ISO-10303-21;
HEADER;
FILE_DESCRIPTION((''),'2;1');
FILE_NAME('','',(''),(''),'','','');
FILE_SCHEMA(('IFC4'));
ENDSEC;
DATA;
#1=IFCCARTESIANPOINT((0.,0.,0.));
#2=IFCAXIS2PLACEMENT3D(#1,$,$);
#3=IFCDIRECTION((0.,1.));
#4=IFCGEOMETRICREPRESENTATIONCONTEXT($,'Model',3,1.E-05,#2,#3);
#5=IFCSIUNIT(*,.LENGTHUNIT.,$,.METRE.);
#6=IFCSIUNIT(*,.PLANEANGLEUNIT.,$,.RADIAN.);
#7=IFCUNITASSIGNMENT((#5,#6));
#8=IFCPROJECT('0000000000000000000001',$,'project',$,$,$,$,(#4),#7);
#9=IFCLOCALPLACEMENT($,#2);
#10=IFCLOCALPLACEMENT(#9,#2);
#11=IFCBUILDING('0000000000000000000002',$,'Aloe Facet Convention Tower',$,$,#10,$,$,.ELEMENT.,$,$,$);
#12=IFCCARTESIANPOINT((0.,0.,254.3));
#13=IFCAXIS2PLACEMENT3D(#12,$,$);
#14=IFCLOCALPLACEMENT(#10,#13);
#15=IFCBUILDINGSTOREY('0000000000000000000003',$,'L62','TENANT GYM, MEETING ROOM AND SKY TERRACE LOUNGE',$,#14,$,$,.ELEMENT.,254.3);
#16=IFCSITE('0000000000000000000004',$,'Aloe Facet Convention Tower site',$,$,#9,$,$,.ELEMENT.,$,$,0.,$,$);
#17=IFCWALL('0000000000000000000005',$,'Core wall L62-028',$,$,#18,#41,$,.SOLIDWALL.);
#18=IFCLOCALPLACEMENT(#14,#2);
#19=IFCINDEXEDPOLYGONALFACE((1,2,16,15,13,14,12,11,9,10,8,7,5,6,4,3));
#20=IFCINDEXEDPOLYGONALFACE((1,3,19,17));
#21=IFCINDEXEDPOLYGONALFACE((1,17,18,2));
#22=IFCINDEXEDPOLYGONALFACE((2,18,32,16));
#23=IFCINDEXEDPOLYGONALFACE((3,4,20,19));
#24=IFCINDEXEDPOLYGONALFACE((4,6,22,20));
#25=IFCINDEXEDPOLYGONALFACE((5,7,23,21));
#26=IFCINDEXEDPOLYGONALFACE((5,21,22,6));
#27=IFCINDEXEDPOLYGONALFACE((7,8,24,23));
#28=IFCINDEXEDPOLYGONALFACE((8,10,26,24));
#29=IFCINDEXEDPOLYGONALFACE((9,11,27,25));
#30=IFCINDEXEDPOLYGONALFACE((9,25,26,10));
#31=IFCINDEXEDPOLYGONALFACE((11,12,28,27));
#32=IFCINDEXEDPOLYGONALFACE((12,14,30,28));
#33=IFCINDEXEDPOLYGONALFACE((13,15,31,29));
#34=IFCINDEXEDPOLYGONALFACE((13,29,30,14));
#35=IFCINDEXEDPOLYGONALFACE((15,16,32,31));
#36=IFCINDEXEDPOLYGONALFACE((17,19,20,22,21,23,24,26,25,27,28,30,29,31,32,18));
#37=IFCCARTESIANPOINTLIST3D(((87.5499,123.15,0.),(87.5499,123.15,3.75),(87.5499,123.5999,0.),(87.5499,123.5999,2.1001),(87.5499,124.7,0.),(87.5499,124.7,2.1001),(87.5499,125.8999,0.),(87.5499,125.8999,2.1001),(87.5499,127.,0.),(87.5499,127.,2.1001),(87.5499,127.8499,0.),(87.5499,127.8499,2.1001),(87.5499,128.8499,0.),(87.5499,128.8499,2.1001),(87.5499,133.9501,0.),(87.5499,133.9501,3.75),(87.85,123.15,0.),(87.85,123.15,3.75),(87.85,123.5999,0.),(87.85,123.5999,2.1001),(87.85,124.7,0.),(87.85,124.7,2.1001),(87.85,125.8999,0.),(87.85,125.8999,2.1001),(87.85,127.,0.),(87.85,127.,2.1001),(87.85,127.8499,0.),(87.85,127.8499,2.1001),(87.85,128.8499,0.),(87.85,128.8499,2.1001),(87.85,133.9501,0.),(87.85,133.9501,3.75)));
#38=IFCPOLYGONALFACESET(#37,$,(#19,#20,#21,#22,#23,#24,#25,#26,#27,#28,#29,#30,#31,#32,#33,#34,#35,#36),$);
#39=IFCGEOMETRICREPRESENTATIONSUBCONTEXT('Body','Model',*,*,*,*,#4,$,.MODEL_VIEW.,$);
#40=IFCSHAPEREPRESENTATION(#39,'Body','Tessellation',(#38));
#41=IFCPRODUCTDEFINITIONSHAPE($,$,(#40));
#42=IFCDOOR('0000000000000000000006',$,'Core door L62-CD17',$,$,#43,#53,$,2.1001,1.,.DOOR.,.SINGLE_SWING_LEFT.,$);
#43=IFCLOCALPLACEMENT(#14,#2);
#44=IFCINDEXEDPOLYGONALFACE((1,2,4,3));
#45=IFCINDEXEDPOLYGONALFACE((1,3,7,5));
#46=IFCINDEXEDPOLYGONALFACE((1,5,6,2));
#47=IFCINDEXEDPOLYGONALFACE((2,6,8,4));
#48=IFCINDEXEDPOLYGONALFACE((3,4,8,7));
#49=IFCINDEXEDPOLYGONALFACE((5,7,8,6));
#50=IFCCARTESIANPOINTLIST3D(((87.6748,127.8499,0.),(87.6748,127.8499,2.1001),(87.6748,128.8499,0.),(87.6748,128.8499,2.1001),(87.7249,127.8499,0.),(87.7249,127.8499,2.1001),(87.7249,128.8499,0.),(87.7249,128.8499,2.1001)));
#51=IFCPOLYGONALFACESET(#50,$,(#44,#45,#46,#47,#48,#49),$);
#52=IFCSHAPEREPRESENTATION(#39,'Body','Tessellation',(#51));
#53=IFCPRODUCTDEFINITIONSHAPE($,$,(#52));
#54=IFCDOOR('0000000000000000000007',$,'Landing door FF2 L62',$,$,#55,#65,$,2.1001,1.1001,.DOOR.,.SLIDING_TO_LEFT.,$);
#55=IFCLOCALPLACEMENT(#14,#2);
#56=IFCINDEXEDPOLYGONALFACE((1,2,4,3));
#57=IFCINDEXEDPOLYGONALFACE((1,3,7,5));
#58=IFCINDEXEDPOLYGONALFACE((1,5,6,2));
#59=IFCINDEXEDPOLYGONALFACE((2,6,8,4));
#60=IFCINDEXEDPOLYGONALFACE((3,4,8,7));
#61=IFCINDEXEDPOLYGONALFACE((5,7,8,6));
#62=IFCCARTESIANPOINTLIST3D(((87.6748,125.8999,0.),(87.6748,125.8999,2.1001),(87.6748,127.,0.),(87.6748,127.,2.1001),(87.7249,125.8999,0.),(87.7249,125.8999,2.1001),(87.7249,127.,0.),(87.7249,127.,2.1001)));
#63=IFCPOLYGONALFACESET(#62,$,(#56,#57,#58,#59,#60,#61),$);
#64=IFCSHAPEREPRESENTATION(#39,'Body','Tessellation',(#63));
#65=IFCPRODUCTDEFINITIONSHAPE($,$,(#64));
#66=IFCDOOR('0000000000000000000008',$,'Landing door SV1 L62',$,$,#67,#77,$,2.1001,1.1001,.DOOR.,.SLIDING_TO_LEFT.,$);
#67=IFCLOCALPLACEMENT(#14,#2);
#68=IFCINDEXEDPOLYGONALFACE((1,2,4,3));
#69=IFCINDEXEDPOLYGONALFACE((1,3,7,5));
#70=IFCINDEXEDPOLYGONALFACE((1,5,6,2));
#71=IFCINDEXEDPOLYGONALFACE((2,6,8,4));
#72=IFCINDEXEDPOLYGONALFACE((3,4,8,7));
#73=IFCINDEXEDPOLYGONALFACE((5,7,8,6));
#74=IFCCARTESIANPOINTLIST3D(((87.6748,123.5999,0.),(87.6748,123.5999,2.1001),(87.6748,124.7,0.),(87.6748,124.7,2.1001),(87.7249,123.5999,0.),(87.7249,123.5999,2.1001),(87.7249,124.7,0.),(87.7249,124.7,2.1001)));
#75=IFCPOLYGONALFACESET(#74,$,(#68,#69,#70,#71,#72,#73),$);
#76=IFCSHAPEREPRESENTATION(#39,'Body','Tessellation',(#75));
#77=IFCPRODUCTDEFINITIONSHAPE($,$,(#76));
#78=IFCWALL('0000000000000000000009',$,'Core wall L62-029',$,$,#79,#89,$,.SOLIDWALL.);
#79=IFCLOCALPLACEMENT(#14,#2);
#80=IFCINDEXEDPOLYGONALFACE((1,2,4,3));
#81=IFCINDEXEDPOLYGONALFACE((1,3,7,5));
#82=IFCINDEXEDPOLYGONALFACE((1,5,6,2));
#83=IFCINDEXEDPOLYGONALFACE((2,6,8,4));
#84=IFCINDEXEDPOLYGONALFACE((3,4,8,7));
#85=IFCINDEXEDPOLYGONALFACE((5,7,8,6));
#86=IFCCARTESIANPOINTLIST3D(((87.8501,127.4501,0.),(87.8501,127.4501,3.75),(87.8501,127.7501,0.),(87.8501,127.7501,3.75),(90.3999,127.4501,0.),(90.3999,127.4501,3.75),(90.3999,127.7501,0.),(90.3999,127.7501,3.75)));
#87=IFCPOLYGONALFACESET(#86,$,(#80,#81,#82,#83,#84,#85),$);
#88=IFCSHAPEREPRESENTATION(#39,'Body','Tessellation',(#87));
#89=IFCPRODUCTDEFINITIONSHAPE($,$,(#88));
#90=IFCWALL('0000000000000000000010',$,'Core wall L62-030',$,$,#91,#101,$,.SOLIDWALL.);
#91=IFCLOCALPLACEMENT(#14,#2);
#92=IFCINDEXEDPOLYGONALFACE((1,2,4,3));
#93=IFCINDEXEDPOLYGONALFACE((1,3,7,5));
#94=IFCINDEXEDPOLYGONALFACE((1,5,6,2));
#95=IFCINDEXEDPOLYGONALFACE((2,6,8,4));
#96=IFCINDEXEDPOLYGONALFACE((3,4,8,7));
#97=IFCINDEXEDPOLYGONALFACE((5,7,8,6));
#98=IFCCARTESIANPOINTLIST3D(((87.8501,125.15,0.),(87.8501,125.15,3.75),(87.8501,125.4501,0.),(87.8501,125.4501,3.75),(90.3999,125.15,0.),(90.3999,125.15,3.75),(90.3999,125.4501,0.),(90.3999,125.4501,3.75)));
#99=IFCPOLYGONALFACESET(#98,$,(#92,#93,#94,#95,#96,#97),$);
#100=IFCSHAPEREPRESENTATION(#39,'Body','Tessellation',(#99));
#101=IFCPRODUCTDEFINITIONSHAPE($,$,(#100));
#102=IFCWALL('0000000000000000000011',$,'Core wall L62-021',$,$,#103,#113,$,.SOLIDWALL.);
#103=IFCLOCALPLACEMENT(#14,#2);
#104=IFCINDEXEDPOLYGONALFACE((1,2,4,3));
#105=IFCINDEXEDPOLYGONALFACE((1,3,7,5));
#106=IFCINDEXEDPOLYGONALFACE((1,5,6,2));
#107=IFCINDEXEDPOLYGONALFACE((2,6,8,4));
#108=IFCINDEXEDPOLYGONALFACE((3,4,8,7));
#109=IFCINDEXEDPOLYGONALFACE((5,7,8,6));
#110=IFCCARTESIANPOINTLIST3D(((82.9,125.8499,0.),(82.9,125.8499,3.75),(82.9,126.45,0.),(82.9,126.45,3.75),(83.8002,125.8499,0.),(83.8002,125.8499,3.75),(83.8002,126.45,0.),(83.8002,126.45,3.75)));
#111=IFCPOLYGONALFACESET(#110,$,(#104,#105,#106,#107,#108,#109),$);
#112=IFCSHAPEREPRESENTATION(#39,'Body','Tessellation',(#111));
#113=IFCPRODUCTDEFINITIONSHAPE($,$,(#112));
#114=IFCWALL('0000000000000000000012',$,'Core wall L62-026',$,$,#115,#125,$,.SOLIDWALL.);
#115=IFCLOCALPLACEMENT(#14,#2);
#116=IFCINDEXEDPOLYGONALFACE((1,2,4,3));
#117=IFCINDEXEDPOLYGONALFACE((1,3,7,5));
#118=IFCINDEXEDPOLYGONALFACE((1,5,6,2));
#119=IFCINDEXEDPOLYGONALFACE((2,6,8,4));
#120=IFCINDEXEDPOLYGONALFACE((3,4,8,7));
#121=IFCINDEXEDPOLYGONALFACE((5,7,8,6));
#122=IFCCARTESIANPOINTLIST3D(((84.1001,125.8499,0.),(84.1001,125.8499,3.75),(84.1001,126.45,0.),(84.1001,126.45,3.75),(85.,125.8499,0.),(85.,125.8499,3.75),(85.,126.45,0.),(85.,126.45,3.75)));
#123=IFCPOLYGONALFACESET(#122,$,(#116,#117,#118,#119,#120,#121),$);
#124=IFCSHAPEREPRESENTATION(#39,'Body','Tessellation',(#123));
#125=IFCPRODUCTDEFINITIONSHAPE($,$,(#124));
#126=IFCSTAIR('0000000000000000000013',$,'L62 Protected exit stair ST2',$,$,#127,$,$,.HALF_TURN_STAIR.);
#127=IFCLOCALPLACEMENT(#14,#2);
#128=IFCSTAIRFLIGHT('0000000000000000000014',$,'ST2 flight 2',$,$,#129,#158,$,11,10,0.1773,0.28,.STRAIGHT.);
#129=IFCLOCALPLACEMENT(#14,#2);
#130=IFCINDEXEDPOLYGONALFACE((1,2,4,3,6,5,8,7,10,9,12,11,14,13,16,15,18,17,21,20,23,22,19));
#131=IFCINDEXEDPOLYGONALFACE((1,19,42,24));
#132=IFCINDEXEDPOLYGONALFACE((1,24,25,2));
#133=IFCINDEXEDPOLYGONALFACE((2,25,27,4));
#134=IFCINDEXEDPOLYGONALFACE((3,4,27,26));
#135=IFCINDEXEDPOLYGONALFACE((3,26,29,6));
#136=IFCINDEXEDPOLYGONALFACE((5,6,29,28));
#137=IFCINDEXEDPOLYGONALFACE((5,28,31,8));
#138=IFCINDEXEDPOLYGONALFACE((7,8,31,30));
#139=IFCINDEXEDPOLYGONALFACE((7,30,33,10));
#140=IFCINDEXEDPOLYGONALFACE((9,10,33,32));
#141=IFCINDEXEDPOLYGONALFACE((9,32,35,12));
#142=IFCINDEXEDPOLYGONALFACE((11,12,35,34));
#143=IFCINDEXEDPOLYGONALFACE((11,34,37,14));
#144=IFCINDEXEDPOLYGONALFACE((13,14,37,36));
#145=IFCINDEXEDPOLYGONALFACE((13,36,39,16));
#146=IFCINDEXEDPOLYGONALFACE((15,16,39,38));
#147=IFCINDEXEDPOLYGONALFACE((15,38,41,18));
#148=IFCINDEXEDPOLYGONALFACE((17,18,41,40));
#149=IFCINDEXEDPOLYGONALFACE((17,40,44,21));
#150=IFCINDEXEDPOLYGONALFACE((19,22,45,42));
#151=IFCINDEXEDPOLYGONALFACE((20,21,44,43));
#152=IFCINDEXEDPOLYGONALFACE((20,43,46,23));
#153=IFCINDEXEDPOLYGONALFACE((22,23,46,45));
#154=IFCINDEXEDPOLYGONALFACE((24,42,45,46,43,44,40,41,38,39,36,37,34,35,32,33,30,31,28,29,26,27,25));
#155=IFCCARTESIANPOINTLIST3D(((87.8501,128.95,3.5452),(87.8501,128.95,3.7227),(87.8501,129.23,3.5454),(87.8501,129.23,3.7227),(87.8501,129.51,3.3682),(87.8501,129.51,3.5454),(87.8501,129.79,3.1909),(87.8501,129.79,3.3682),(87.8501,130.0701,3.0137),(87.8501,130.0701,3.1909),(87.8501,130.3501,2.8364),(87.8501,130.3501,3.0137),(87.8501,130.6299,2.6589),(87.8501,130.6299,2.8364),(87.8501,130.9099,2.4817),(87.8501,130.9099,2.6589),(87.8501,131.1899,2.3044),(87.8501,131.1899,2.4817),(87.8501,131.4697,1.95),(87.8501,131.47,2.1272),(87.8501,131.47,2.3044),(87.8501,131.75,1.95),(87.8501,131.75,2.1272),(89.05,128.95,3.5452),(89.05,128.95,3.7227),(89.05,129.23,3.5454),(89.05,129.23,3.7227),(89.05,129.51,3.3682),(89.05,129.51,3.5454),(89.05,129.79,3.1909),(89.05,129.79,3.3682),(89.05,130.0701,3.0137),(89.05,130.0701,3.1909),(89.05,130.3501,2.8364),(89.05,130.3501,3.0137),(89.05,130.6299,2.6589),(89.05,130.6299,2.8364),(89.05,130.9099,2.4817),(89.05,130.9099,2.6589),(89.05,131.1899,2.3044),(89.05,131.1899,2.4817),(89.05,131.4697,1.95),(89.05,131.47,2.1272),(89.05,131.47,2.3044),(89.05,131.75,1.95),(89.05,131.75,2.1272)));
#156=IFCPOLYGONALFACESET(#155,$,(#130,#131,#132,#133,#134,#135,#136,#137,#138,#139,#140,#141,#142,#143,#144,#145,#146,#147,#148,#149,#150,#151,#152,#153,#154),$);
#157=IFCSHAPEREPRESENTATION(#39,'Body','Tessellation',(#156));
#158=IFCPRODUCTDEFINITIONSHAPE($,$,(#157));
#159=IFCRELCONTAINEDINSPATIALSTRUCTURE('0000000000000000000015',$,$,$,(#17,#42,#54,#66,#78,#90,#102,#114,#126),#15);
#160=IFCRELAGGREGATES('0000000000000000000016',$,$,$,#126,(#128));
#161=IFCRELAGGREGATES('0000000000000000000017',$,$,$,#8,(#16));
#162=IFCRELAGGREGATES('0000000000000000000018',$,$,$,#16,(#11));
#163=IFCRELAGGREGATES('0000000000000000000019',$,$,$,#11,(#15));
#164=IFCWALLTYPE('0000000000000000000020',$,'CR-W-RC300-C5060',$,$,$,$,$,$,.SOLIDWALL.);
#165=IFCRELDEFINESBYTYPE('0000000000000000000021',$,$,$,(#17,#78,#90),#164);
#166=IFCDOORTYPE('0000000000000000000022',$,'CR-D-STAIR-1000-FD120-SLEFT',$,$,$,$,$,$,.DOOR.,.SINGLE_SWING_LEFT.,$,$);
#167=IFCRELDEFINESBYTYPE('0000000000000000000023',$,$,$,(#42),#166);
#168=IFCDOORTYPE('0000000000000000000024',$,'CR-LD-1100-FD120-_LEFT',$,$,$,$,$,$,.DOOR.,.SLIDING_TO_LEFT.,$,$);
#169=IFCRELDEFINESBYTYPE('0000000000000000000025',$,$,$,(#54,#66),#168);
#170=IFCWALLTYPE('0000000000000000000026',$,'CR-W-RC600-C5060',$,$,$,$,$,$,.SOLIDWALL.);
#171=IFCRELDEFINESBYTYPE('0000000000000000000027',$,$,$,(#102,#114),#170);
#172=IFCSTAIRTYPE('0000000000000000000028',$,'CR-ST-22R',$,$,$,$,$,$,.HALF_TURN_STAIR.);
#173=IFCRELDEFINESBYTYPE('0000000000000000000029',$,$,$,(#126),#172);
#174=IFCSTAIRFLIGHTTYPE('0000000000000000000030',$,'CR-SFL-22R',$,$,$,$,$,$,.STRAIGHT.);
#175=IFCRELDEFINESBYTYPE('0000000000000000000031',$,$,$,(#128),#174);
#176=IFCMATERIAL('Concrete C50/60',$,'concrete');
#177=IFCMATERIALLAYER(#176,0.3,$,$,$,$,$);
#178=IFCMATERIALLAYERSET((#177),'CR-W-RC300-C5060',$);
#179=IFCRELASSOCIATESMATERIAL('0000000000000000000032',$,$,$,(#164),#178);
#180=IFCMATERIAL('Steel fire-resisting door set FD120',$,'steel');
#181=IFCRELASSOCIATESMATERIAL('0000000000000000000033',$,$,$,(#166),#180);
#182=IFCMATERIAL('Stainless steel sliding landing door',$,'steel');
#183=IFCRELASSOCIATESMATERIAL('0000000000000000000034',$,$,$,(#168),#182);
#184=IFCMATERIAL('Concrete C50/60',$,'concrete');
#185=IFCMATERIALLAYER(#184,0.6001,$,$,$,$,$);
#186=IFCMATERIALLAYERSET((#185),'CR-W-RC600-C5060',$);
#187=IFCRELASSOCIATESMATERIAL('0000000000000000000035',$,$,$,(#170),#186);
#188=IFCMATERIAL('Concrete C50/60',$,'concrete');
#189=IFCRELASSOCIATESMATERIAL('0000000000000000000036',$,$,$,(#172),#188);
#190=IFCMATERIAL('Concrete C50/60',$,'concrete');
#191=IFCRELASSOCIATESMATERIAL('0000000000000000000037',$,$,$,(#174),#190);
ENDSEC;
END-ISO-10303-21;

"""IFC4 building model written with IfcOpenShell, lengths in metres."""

from ifc_helpers import new_model, si_unit, direction, frame, frame_2d, origin, place, context, subcontext, project, spatial, polyline, rectangle, outline, extrude, material, layer, layer_set, type_object, element, fill, aggregate, save


model = new_model("IFC4")

# Units and contexts
model_context = context("Model", 3, precision=1e-05, world=origin(), true_north=direction((0.0, 1.0)))
body_context = subcontext(model_context, "Body", "Model", "MODEL_VIEW")
ifc_project = project(units=[si_unit("LENGTHUNIT", "METRE"), si_unit("PLANEANGLEUNIT", "RADIAN")], contexts=[model_context])

# Site, building, storey
site_placement = place(None, origin())
site = spatial("IfcSite", under=ifc_project, at=site_placement, Name="Aloe Facet Convention Tower site", CompositionType="ELEMENT", RefElevation=0.0)
building_placement = place(site_placement, origin())
building = spatial("IfcBuilding", under=site, at=building_placement, Name="Aloe Facet Convention Tower", CompositionType="ELEMENT")
storey_placement = place(building_placement, frame((0.0, 0.0, 254.3)))
storey = spatial("IfcBuildingStorey", under=building, at=storey_placement, Name="L62", Description="TENANT GYM, MEETING ROOM AND SKY TERRACE LOUNGE", CompositionType="ELEMENT", Elevation=254.3)

# Shared definitions
ifc_material_1 = material(Name="Concrete C50/60", Category="concrete")
ifc_layer_1 = layer(ifc_material_1, 0.3)
ifc_layer_set_1 = layer_set([ifc_layer_1], Name="CR-W-RC300-C5060")
wall_type_1 = type_object("IfcWallType", Name="CR-W-RC300-C5060", PredefinedType="SOLIDWALL", material=ifc_layer_set_1)

# Wall, openings, doors
wall_1_placement = place(storey_placement, frame((87.7, 133.95, 0.0), z_axis=(0.0, 0.0, 1.0), x_axis=(0.0, -1.0, 0.0)))
wall_1 = element("IfcWall", 1, at=wall_1_placement, inside=storey, type_object=wall_type_1, Name="Core wall L62-028", PredefinedType="SOLIDWALL", context=body_context, shape_type="SweptSolid", body=[
    extrude(rectangle(XDim=10.8, YDim=0.3, at=frame_2d((5.3999, 0.0))), origin(), (0.0, 0.0, 1.0), 3.75),
])
opening_1_placement = place(wall_1_placement, frame((6.95, 0.0, 0.0)))
opening_1 = element("IfcOpeningElement", 2, at=opening_1_placement, cuts=wall_1, PredefinedType="OPENING", context=body_context, shape_type="SweptSolid", body=[
    extrude(rectangle(XDim=1.1001, YDim=2.1001, at=frame_2d((0.55, 1.05))), frame((0.0, 0.1602, 0.0), z_axis=(0.0, -1.0, 0.0), x_axis=(1.0, 0.0, 0.0)), (0.0, 0.0, 1.0), 0.3201),
])
opening_2_placement = place(wall_1_placement, frame((5.1001, 0.0, 0.0)))
opening_2 = element("IfcOpeningElement", 3, at=opening_2_placement, cuts=wall_1, PredefinedType="OPENING", context=body_context, shape_type="SweptSolid", body=[
    extrude(rectangle(XDim=1.0, YDim=2.1001, at=frame_2d((0.5, 1.05))), frame((0.0, 0.1602, 0.0), z_axis=(0.0, -1.0, 0.0), x_axis=(1.0, 0.0, 0.0)), (0.0, 0.0, 1.0), 0.3201),
])
opening_3_placement = place(wall_1_placement, frame((9.25, 0.0, 0.0)))
opening_3 = element("IfcOpeningElement", 4, at=opening_3_placement, cuts=wall_1, PredefinedType="OPENING", context=body_context, shape_type="SweptSolid", body=[
    extrude(rectangle(XDim=1.1001, YDim=2.1001, at=frame_2d((0.55, 1.05))), frame((0.0, 0.1602, 0.0), z_axis=(0.0, -1.0, 0.0), x_axis=(1.0, 0.0, 0.0)), (0.0, 0.0, 1.0), 0.3201),
])
ifc_material_2 = material(Name="Steel fire-resisting door set FD120", Category="steel")
door_type_1 = type_object("IfcDoorType", Name="CR-D-STAIR-1000-FD120-SLEFT", OperationType="SINGLE_SWING_LEFT", PredefinedType="DOOR", material=ifc_material_2)
door_1_placement = place(opening_2_placement, origin())
door_1 = element("IfcDoor", 5, at=door_1_placement, inside=storey, type_object=door_type_1, Name="Core door L62-CD17", OperationType="SINGLE_SWING_LEFT", OverallHeight=2.1001, OverallWidth=1.0, PredefinedType="DOOR", context=body_context, shape_type="SweptSolid", body=[
    extrude(rectangle(XDim=1.0, YDim=2.1001, at=frame_2d((0.5, 1.05))), frame((0.0, 0.0249, 0.0), z_axis=(0.0, -1.0, 0.0), x_axis=(1.0, 0.0, 0.0)), (0.0, 0.0, 1.0), 0.05),
])
fill(opening_2, door_1)
ifc_material_3 = material(Name="Stainless steel sliding landing door", Category="steel")
door_type_2 = type_object("IfcDoorType", Name="CR-LD-1100-FD120-_LEFT", OperationType="SLIDING_TO_LEFT", PredefinedType="DOOR", material=ifc_material_3)
door_2_placement = place(opening_1_placement, origin())
door_2 = element("IfcDoor", 6, at=door_2_placement, inside=storey, type_object=door_type_2, Name="Landing door FF2 L62", OperationType="SLIDING_TO_LEFT", OverallHeight=2.1001, OverallWidth=1.1001, PredefinedType="DOOR", context=body_context, shape_type="SweptSolid", body=[
    extrude(rectangle(XDim=1.1001, YDim=2.1001, at=frame_2d((0.55, 1.05))), frame((0.0, 0.0249, 0.0), z_axis=(0.0, -1.0, 0.0), x_axis=(1.0, 0.0, 0.0)), (0.0, 0.0, 1.0), 0.05),
])
fill(opening_1, door_2)
door_3_placement = place(opening_3_placement, origin())
door_3 = element("IfcDoor", 7, at=door_3_placement, inside=storey, type_object=door_type_2, Name="Landing door SV1 L62", OperationType="SLIDING_TO_LEFT", OverallHeight=2.1001, OverallWidth=1.1001, PredefinedType="DOOR", context=body_context, shape_type="SweptSolid", body=[
    extrude(rectangle(XDim=1.1001, YDim=2.1001, at=frame_2d((0.55, 1.05))), frame((0.0, 0.0249, 0.0), z_axis=(0.0, -1.0, 0.0), x_axis=(1.0, 0.0, 0.0)), (0.0, 0.0, 1.0), 0.05),
])
fill(opening_3, door_3)

# Walls
for number, where, z_axis, x_axis, name in (
    (8, (87.8501, 127.6001, 0.0), (0.0, 0.0, 1.0), (1.0, 0.0, 0.0), "Core wall L62-029"),
    (9, (87.8501, 125.3, 0.0), (0.0, 0.0, 1.0), (1.0, 0.0, 0.0), "Core wall L62-030"),
):
    element("IfcWall", number, at=place(storey_placement, frame(where, z_axis=z_axis, x_axis=x_axis)), inside=storey, type_object=wall_type_1, Name=name, PredefinedType="SOLIDWALL", context=body_context, shape_type="SweptSolid", body=[
        extrude(rectangle(XDim=2.5498, YDim=0.3, at=frame_2d((1.2749, 0.0))), origin(), (0.0, 0.0, 1.0), 3.75),
    ])
ifc_material_4 = material(Name="Concrete C50/60", Category="concrete")
ifc_layer_2 = layer(ifc_material_4, 0.6001)
ifc_layer_set_2 = layer_set([ifc_layer_2], Name="CR-W-RC600-C5060")
wall_type_2 = type_object("IfcWallType", Name="CR-W-RC600-C5060", PredefinedType="SOLIDWALL", material=ifc_layer_set_2)
wall_2_placement = place(storey_placement, frame((82.8999, 126.1499, 0.0), z_axis=(0.0, 0.0, 1.0), x_axis=(1.0, 0.0, 0.0)))
element("IfcWall", 10, at=wall_2_placement, inside=storey, type_object=wall_type_2, Name="Core wall L62-021", PredefinedType="SOLIDWALL", context=body_context, shape_type="SweptSolid", body=[
    extrude(rectangle(XDim=0.9001, YDim=0.6001, at=frame_2d((0.4502, 0.0))), origin(), (0.0, 0.0, 1.0), 3.75),
])
wall_3_placement = place(storey_placement, frame((84.1001, 126.1499, 0.0), z_axis=(0.0, 0.0, 1.0), x_axis=(1.0, 0.0, 0.0)))
element("IfcWall", 11, at=wall_3_placement, inside=storey, type_object=wall_type_2, Name="Core wall L62-026", PredefinedType="SOLIDWALL", context=body_context, shape_type="SweptSolid", body=[
    extrude(rectangle(XDim=0.8999, YDim=0.6001, at=frame_2d((0.45, 0.0))), origin(), (0.0, 0.0, 1.0), 3.75),
])

# Stair, stair flight
ifc_material_5 = material(Name="Concrete C50/60", Category="concrete")
stair_type = type_object("IfcStairType", Name="CR-ST-22R", PredefinedType="HALF_TURN_STAIR", material=ifc_material_5)
stair_placement = place(storey_placement, origin())
stair = element("IfcStair", 12, at=stair_placement, inside=storey, type_object=stair_type, Name="L62 Protected exit stair ST2", PredefinedType="HALF_TURN_STAIR")
ifc_material_6 = material(Name="Concrete C50/60", Category="concrete")
stair_flight_type = type_object("IfcStairFlightType", Name="CR-SFL-22R", PredefinedType="STRAIGHT", material=ifc_material_6)
stair_flight_placement = place(storey_placement, frame((88.45, 131.75, 1.95), z_axis=(0.0, 0.0, 1.0), x_axis=(0.0, -1.0, 0.0)))
stair_flight = element("IfcStairFlight", 13, at=stair_flight_placement, type_object=stair_flight_type, Name="ST2 flight 2", NumberOfRisers=11, NumberOfTreads=10, PredefinedType="STRAIGHT", RiserHeight=0.1773, TreadLength=0.28, context=body_context, shape_type="SweptSolid", body=[
    extrude(outline(polyline([(0.0, 0.0), (0.0, 0.1772), (0.28, 0.1772), (0.28, 0.3545), (0.5601, 0.3545), (0.5601, 0.5317), (0.8401, 0.5317), (0.8401, 0.709), (1.1201, 0.709), (1.1201, 0.8865), (1.3999, 0.8865), (1.3999, 1.0637), (1.6799, 1.0637), (1.6799, 1.241), (1.96, 1.241), (1.96, 1.4182), (2.24, 1.4182), (2.24, 1.5955), (2.52, 1.5955), (2.52, 1.7727), (2.8, 1.7727), (2.8, 1.95), (2.8, 1.5952), (0.2803, 0.0), (0.0, 0.0)])), frame((0.0, 0.6001, 0.0), z_axis=(0.0, -1.0, 0.0), x_axis=(1.0, 0.0, 0.0)), (0.0, 0.0, 1.0), 1.2),
])
aggregate(stair, [stair_flight])

save(model, "model.ifc")
